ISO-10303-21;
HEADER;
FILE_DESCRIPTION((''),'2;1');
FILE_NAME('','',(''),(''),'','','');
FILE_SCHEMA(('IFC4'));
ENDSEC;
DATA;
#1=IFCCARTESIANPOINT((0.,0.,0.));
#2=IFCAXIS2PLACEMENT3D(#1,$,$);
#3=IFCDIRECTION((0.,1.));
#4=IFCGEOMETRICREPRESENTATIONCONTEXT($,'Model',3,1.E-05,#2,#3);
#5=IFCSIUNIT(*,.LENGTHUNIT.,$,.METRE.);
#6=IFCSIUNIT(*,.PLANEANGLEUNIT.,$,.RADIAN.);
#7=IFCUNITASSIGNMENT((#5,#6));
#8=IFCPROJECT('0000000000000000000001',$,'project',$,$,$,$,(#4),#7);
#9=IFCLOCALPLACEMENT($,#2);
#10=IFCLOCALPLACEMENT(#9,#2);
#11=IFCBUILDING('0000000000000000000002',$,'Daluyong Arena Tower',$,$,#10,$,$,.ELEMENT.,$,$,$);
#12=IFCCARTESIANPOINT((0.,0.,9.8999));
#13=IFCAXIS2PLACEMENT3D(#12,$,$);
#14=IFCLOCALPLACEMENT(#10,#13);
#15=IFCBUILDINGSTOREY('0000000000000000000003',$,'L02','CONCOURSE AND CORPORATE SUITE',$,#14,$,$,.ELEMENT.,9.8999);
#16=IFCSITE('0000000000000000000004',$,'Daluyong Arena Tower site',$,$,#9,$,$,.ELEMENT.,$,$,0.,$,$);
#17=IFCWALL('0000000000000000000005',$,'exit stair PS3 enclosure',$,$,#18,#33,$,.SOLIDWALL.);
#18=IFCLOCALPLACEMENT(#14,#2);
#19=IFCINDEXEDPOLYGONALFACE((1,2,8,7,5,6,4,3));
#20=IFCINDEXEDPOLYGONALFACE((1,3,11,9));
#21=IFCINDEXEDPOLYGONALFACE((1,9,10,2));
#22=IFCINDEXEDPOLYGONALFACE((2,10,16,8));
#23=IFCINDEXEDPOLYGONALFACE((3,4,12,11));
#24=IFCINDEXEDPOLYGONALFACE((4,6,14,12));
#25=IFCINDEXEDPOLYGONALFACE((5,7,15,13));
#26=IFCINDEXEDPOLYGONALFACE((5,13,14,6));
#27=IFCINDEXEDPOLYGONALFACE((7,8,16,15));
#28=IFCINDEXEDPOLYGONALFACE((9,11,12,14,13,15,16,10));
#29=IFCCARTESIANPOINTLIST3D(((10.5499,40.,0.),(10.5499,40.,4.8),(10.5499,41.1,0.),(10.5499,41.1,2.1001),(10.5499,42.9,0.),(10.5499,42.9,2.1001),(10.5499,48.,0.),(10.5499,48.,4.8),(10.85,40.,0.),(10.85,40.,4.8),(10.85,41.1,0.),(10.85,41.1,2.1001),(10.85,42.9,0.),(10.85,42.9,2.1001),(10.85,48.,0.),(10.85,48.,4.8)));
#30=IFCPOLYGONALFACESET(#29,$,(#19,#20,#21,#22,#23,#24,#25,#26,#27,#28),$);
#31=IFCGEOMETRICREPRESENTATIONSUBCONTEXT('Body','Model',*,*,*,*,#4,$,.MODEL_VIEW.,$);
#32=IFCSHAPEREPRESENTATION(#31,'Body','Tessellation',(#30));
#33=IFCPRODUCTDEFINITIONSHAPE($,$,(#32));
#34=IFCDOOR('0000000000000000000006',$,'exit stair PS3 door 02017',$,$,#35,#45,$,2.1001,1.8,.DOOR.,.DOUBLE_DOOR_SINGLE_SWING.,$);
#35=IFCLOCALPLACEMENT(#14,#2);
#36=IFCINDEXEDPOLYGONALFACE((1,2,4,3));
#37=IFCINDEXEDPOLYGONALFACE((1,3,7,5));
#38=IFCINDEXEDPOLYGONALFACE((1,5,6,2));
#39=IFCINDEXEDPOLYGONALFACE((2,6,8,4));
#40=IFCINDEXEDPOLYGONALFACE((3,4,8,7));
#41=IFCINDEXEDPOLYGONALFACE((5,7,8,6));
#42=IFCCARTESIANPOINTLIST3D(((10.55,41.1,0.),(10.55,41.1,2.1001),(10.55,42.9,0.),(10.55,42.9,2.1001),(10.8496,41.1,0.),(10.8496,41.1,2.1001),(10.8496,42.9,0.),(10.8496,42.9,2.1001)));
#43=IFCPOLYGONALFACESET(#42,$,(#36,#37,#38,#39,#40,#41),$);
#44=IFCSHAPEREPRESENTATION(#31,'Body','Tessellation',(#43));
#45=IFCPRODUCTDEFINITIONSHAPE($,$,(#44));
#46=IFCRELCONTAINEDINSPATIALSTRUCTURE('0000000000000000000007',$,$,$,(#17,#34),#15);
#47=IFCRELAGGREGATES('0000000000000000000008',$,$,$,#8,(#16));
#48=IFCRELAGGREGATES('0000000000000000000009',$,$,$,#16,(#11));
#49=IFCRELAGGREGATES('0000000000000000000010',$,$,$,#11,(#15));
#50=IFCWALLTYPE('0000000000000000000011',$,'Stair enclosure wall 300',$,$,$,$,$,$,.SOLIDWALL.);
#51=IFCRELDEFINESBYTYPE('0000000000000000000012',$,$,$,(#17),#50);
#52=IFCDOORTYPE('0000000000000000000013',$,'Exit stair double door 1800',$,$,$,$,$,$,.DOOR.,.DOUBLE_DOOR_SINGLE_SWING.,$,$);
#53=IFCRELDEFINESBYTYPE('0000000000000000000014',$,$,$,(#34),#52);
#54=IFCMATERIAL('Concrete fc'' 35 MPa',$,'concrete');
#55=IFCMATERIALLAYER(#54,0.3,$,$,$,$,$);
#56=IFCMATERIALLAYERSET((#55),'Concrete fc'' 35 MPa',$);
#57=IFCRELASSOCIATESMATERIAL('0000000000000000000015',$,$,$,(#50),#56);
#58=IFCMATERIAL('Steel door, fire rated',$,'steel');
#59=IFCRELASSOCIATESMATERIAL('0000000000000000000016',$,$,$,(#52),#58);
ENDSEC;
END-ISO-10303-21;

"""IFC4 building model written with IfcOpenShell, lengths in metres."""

from ifc_helpers import new_model, si_unit, direction, frame, frame_2d, origin, place, context, subcontext, project, spatial, rectangle, extrude, material, layer, layer_set, type_object, element, fill, save


model = new_model("IFC4")

# Units and contexts
model_context = context("Model", 3, precision=1e-05, world=origin(), true_north=direction((0.0, 1.0)))
body_context = subcontext(model_context, "Body", "Model", "MODEL_VIEW")
ifc_project = project(units=[si_unit("LENGTHUNIT", "METRE"), si_unit("PLANEANGLEUNIT", "RADIAN")], contexts=[model_context])

# Site, building, storey
site_placement = place(None, origin())
site = spatial("IfcSite", under=ifc_project, at=site_placement, Name="Daluyong Arena Tower site", CompositionType="ELEMENT", RefElevation=0.0)
building_placement = place(site_placement, origin())
building = spatial("IfcBuilding", under=site, at=building_placement, Name="Daluyong Arena Tower", CompositionType="ELEMENT")
storey_placement = place(building_placement, frame((0.0, 0.0, 9.8999)))
storey = spatial("IfcBuildingStorey", under=building, at=storey_placement, Name="L02", Description="CONCOURSE AND CORPORATE SUITE", CompositionType="ELEMENT", Elevation=9.8999)

# Wall, opening, door
ifc_material_1 = material(Name="Concrete fc' 35 MPa", Category="concrete")
ifc_layer_1 = layer(ifc_material_1, 0.3)
ifc_layer_set_1 = layer_set([ifc_layer_1], Name="Concrete fc' 35 MPa")
wall_type_1 = type_object("IfcWallType", Name="Stair enclosure wall 300", PredefinedType="SOLIDWALL", material=ifc_layer_set_1)
wall_placement = place(storey_placement, frame((10.7, 40.0, 0.0), z_axis=(0.0, 0.0, 1.0), x_axis=(0.0, 1.0, 0.0)))
wall = element("IfcWall", 1, at=wall_placement, inside=storey, type_object=wall_type_1, Name="exit stair PS3 enclosure", PredefinedType="SOLIDWALL", context=body_context, shape_type="SweptSolid", body=[
    extrude(rectangle(XDim=8.0, YDim=0.3, at=frame_2d((4.0, 0.0))), origin(), (0.0, 0.0, 1.0), 4.8),
])
opening_placement = place(wall_placement, frame((1.1001, 0.0, 0.0)))
opening = element("IfcOpeningElement", 2, at=opening_placement, cuts=wall, PredefinedType="OPENING", context=body_context, shape_type="SweptSolid", body=[
    extrude(rectangle(XDim=1.8, YDim=2.1001, at=frame_2d((0.8999, 1.05))), frame((0.0, 0.1599, 0.0), z_axis=(0.0, -1.0, 0.0), x_axis=(1.0, 0.0, 0.0)), (0.0, 0.0, 1.0), 0.3201),
])
ifc_material_2 = material(Name="Steel door, fire rated", Category="steel")
door_type = type_object("IfcDoorType", Name="Exit stair double door 1800", OperationType="DOUBLE_DOOR_SINGLE_SWING", PredefinedType="DOOR", material=ifc_material_2)
door_placement = place(opening_placement, origin())
door = element("IfcDoor", 3, at=door_placement, inside=storey, type_object=door_type, Name="exit stair PS3 door 02017", OperationType="DOUBLE_DOOR_SINGLE_SWING", OverallHeight=2.1001, OverallWidth=1.8, PredefinedType="DOOR", context=body_context, shape_type="SweptSolid", body=[
    extrude(rectangle(XDim=1.8, YDim=2.1001, at=frame_2d((0.8999, 1.05))), frame((0.0, 0.1499, 0.0), z_axis=(0.0, -1.0, 0.0), x_axis=(1.0, 0.0, 0.0)), (0.0, 0.0, 1.0), 0.2996),
])
fill(opening, door)

save(model, "model.ifc")
